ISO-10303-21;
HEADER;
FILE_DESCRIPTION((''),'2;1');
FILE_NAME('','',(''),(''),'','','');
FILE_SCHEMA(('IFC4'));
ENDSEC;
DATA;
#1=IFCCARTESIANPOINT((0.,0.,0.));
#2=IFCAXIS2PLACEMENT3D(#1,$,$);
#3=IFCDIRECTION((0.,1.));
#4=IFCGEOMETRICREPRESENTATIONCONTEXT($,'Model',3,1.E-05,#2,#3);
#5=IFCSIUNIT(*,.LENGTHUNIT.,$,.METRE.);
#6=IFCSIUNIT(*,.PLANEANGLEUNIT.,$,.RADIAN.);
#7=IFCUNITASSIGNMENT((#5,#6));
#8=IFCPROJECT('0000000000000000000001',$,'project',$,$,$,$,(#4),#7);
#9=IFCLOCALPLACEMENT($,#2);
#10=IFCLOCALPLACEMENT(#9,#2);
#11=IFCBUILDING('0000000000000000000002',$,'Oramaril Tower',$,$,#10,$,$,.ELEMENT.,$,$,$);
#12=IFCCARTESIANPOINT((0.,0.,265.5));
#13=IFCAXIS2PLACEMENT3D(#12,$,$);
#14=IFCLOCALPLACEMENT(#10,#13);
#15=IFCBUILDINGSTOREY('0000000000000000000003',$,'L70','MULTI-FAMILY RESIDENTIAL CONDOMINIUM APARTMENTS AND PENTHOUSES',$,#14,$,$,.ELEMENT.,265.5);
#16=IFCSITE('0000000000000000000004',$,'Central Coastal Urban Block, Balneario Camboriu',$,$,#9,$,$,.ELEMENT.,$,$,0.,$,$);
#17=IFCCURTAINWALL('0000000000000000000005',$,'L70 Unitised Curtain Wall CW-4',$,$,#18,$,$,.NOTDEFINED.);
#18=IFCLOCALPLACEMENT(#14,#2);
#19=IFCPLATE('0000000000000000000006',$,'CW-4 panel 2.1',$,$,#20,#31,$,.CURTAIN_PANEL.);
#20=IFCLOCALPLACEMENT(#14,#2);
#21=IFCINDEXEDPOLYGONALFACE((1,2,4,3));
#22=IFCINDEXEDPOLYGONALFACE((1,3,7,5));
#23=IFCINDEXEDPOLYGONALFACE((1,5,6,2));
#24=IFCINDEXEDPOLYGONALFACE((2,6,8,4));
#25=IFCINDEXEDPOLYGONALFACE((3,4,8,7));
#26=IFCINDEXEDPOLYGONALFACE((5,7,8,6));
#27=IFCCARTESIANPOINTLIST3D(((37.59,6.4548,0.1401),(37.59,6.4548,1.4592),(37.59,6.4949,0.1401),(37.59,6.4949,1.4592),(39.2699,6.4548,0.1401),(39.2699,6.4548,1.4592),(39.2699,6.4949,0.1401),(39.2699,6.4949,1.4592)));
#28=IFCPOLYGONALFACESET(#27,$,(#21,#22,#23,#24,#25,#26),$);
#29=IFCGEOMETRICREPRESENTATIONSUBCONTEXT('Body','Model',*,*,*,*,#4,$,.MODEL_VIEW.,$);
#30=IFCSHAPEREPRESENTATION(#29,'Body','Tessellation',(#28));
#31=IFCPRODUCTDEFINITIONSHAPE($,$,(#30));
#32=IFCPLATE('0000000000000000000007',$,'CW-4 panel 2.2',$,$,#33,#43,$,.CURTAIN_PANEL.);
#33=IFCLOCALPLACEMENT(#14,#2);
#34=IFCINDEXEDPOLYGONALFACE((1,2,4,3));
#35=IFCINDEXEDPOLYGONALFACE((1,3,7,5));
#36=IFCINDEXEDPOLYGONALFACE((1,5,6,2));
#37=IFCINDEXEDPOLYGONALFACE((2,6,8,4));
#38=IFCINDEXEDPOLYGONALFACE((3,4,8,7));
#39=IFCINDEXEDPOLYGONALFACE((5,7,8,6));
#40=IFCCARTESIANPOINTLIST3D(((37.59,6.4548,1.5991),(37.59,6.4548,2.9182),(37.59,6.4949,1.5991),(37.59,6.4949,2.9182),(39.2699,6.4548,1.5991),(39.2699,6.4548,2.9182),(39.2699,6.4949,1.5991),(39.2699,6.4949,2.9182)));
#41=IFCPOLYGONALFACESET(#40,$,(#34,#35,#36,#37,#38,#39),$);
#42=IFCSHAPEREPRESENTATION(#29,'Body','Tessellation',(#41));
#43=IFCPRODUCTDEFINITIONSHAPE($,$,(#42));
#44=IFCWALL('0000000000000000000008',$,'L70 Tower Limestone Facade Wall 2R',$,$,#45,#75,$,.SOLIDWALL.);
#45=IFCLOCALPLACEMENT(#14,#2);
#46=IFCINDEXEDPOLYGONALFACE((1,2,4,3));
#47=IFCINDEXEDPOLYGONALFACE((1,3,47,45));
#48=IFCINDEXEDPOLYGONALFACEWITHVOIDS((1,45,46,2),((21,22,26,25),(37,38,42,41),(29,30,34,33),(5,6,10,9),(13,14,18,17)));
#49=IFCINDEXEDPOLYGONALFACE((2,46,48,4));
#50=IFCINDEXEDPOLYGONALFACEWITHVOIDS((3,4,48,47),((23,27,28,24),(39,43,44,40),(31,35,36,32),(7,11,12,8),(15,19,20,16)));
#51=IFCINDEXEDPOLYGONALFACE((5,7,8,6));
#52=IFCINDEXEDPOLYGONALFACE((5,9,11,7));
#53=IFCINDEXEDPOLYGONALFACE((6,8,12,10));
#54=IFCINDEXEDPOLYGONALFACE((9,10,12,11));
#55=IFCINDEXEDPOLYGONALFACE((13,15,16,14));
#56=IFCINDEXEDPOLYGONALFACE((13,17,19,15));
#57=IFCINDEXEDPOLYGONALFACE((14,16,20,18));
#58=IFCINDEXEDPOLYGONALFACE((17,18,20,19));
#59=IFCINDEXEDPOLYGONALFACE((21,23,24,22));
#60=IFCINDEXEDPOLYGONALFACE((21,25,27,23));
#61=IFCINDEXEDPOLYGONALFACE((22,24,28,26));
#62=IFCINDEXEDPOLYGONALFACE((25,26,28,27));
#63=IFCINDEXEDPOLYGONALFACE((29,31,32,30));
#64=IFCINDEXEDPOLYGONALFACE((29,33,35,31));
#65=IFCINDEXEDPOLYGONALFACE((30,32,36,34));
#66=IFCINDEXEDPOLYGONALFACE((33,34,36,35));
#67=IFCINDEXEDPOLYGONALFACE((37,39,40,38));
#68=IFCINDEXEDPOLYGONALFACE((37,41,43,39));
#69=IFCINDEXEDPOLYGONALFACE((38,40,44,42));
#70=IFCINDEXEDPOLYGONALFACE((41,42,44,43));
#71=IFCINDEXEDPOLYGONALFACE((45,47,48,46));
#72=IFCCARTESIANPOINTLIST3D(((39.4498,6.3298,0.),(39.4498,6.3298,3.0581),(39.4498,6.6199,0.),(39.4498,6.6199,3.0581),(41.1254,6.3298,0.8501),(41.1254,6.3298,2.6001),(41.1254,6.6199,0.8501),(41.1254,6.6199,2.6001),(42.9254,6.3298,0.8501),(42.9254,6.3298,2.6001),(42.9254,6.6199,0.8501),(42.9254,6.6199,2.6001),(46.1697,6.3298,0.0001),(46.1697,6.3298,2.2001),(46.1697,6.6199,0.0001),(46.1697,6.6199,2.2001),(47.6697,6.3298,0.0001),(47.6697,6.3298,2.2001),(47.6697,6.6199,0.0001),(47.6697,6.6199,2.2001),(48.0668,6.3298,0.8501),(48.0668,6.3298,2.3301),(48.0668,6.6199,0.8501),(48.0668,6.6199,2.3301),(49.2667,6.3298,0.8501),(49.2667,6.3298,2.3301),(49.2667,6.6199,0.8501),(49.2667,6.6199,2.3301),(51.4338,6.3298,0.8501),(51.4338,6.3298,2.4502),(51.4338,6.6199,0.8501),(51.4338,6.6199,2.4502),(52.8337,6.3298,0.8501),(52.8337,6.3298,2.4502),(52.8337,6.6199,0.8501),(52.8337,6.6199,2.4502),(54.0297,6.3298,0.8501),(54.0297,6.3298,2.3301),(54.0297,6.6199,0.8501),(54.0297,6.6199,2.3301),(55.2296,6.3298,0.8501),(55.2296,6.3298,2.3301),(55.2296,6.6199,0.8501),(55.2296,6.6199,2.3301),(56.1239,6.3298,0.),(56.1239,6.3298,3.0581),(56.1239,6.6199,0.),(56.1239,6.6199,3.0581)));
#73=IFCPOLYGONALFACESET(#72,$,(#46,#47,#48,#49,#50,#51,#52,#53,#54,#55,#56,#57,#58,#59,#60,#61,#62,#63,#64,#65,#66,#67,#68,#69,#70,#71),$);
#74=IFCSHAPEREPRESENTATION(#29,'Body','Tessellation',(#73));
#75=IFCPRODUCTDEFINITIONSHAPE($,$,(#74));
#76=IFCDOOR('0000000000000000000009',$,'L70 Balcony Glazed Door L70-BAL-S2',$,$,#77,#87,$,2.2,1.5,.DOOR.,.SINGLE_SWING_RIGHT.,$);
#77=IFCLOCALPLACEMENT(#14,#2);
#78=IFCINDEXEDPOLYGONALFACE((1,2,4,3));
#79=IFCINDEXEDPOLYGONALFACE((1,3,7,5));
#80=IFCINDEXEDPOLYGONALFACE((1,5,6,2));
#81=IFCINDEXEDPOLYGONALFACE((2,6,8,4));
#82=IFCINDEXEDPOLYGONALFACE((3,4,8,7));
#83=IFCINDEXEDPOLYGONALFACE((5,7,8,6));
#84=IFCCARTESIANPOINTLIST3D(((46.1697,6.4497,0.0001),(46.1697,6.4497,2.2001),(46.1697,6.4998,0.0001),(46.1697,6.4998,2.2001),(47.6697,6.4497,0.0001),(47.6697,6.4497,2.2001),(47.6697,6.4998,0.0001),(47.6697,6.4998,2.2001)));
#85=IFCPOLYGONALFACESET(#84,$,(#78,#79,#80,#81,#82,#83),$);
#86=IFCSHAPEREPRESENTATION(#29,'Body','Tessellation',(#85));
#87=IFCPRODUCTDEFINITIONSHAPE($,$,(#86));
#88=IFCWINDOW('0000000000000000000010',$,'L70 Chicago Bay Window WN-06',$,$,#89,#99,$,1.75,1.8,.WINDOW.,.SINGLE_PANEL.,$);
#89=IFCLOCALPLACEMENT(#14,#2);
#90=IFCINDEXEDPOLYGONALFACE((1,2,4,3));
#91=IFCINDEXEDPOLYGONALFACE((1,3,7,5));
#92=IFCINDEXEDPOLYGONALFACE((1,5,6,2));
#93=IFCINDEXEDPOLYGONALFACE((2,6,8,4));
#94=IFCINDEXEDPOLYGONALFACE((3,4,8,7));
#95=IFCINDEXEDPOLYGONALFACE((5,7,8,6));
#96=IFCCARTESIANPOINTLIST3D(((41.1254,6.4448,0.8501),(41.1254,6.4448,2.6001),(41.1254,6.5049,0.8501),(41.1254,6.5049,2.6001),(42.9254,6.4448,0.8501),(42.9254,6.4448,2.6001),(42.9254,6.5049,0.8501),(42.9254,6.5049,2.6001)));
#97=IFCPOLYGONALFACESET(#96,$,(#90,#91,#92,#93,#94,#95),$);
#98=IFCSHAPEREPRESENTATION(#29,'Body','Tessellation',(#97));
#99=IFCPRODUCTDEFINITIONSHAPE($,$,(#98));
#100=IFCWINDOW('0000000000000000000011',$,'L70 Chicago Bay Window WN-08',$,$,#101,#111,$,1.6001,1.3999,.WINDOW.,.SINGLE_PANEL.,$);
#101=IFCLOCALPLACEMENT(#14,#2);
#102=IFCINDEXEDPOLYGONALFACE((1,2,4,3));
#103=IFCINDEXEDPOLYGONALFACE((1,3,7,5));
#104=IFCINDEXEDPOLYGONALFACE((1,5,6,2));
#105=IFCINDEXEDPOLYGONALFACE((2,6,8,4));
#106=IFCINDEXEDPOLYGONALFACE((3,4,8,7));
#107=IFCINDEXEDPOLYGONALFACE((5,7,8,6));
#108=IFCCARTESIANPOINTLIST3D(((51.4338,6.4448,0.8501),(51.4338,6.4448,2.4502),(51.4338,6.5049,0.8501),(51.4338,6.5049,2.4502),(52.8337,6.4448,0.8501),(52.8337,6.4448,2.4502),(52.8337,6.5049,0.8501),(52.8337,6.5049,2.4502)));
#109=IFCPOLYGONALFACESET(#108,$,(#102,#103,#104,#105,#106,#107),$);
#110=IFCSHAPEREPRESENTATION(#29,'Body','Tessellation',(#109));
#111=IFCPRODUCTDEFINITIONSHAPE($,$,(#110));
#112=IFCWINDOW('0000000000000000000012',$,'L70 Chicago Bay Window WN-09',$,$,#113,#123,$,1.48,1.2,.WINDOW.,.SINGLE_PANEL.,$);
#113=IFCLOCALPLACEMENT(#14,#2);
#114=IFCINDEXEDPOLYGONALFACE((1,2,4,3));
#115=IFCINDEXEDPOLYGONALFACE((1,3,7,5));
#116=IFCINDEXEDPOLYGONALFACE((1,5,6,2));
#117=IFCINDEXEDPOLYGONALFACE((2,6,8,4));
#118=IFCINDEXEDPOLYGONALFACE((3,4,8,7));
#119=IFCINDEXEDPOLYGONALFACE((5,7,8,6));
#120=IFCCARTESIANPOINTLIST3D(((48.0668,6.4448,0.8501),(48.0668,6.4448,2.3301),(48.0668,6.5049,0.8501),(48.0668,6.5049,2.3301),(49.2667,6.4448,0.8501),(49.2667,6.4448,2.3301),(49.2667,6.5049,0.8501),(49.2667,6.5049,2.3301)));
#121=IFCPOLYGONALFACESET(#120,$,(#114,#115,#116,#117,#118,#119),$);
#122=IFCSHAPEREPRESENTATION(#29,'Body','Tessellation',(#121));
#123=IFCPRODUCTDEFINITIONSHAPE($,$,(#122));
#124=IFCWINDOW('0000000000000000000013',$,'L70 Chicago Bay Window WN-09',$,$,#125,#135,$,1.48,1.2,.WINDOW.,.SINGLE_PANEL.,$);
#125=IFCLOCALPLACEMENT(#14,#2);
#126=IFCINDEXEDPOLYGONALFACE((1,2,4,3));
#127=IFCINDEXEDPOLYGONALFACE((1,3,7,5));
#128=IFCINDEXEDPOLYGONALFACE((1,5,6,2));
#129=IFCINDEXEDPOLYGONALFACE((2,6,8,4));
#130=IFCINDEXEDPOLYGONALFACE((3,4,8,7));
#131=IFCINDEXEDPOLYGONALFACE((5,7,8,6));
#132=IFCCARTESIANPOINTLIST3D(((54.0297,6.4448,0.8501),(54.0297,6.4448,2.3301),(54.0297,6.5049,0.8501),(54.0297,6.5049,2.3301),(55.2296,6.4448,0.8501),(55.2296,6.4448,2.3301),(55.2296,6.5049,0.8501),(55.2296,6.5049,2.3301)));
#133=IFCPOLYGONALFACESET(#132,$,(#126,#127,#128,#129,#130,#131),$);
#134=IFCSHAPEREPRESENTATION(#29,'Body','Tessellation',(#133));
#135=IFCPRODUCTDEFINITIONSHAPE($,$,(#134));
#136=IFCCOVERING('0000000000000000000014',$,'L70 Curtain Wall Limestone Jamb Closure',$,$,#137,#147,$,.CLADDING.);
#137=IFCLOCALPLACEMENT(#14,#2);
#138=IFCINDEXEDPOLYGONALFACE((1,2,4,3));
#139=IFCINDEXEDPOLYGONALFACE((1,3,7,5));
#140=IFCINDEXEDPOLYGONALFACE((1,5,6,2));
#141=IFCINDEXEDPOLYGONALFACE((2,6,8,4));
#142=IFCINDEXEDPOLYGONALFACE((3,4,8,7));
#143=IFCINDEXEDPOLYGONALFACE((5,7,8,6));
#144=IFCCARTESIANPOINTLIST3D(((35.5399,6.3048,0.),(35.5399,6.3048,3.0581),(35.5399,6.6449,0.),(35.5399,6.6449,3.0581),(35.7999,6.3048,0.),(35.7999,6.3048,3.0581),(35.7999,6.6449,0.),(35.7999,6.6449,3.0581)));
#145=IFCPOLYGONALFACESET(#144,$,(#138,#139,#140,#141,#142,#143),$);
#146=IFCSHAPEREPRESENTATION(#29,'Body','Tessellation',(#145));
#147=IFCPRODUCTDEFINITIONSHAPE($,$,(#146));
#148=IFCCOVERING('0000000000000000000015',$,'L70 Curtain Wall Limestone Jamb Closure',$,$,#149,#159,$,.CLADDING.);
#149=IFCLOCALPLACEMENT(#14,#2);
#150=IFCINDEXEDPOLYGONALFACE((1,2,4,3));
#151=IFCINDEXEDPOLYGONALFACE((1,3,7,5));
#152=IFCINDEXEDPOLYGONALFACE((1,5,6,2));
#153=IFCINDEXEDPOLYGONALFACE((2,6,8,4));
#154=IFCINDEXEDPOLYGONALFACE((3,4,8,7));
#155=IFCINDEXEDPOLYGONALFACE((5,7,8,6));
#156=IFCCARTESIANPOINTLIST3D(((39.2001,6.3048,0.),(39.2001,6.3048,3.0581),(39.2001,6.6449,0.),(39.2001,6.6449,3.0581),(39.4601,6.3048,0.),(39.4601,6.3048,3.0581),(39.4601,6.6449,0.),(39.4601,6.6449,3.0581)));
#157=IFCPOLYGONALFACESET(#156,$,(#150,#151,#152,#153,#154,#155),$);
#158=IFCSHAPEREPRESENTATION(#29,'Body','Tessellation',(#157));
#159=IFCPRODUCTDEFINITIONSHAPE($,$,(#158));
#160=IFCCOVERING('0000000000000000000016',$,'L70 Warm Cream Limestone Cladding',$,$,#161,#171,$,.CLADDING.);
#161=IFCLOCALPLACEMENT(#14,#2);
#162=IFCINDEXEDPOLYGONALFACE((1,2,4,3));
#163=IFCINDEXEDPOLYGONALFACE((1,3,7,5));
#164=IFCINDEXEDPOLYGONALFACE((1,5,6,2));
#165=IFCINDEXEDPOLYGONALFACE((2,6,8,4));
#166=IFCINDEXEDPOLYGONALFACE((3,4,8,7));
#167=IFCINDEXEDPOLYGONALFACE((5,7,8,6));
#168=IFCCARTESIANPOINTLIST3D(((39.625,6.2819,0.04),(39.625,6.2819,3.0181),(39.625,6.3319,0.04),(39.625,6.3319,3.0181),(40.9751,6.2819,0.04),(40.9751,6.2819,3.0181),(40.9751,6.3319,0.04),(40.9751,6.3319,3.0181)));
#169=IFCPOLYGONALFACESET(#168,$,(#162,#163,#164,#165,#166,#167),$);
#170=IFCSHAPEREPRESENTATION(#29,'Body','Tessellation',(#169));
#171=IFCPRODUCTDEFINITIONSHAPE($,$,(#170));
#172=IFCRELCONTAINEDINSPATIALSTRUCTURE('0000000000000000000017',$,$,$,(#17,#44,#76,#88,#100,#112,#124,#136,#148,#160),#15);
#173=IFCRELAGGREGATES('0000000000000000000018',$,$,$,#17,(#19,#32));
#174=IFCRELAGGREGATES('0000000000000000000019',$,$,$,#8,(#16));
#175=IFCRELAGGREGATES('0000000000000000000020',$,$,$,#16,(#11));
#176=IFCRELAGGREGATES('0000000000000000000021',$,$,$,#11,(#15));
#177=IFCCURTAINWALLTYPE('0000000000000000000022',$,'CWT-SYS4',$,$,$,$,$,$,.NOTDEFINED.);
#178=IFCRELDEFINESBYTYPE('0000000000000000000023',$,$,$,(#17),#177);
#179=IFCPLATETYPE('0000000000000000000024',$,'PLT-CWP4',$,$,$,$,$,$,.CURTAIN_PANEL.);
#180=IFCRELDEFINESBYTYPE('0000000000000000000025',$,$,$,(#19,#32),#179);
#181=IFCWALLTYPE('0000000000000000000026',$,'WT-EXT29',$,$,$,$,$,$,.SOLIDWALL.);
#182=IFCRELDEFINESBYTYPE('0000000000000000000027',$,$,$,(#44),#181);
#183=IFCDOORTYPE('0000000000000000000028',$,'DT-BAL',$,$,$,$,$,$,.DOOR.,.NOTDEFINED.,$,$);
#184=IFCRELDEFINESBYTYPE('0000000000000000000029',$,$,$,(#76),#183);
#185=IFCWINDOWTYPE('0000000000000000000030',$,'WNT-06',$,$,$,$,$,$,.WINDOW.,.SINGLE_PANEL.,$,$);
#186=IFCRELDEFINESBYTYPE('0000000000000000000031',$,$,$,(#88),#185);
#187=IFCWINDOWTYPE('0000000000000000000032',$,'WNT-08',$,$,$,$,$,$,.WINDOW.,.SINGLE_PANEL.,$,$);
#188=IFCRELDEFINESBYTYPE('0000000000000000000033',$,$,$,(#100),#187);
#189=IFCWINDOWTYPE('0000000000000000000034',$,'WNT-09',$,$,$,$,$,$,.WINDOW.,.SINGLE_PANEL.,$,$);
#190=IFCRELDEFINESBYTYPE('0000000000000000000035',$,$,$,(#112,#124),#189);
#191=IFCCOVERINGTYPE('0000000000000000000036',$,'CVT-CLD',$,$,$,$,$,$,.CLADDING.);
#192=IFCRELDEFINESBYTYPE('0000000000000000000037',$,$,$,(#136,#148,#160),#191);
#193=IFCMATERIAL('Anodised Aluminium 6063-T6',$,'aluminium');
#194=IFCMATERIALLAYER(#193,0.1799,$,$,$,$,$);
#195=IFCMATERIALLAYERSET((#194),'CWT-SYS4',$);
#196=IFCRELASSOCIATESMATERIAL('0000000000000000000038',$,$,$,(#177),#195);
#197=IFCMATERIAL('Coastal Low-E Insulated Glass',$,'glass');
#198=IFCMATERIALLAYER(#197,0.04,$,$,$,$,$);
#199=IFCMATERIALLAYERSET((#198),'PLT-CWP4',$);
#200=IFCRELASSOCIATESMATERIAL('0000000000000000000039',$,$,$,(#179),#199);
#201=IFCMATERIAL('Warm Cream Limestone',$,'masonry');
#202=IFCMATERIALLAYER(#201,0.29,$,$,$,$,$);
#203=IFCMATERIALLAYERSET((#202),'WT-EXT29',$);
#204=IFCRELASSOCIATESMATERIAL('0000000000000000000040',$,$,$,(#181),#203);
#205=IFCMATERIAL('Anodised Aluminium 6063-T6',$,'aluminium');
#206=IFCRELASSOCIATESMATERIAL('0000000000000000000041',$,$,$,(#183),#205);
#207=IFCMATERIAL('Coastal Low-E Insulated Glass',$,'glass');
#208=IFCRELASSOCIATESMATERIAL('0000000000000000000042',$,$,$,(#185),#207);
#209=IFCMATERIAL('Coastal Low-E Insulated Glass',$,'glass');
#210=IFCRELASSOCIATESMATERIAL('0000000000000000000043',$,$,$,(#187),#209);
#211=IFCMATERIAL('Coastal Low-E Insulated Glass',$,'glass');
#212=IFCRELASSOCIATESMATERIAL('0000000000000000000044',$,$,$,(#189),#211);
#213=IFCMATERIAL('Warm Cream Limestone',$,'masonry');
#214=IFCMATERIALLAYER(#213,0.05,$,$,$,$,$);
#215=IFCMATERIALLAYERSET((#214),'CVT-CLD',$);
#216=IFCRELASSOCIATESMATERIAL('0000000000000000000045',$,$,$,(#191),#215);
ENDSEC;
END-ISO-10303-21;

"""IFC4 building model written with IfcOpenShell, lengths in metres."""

from ifc_helpers import new_model, si_unit, direction, frame, frame_2d, origin, origin_2d, place, context, subcontext, project, spatial, rectangle, extrude, material, layer, layer_set, type_object, element, fill, aggregate, save


model = new_model("IFC4")

# Units and contexts
model_context = context("Model", 3, precision=1e-05, world=origin(), true_north=direction((0.0, 1.0)))
body_context = subcontext(model_context, "Body", "Model", "MODEL_VIEW")
ifc_project = project(units=[si_unit("LENGTHUNIT", "METRE"), si_unit("PLANEANGLEUNIT", "RADIAN")], contexts=[model_context])

# Site, building, storey
site_placement = place(None, origin())
site = spatial("IfcSite", under=ifc_project, at=site_placement, Name="Central Coastal Urban Block, Balneario Camboriu", CompositionType="ELEMENT", RefElevation=0.0)
building_placement = place(site_placement, origin())
building = spatial("IfcBuilding", under=site, at=building_placement, Name="Oramaril Tower", CompositionType="ELEMENT")
storey_placement = place(building_placement, frame((0.0, 0.0, 265.5)))
storey = spatial("IfcBuildingStorey", under=building, at=storey_placement, Name="L70", Description="MULTI-FAMILY RESIDENTIAL CONDOMINIUM APARTMENTS AND PENTHOUSES", CompositionType="ELEMENT", Elevation=265.5)

# Curtain wall, plates
ifc_material_1 = material(Name="Anodised Aluminium 6063-T6", Category="aluminium")
ifc_layer_1 = layer(ifc_material_1, 0.1799)
ifc_layer_set_1 = layer_set([ifc_layer_1], Name="CWT-SYS4")
curtain_wall_type = type_object("IfcCurtainWallType", Name="CWT-SYS4", PredefinedType="NOTDEFINED", material=ifc_layer_set_1)
curtain_wall_placement = place(storey_placement, origin())
curtain_wall = element("IfcCurtainWall", 1, at=curtain_wall_placement, inside=storey, type_object=curtain_wall_type, Name="L70 Unitised Curtain Wall CW-4", PredefinedType="NOTDEFINED")
ifc_material_2 = material(Name="Coastal Low-E Insulated Glass", Category="glass")
ifc_layer_2 = layer(ifc_material_2, 0.04)
ifc_layer_set_2 = layer_set([ifc_layer_2], Name="PLT-CWP4")
plate_type = type_object("IfcPlateType", Name="PLT-CWP4", PredefinedType="CURTAIN_PANEL", material=ifc_layer_set_2)
plate_1_placement = place(storey_placement, frame((38.4299, 6.4749, 0.1401), z_axis=(0.0, 0.0, 1.0), x_axis=(1.0, 0.0, 0.0)))
plate_1 = element("IfcPlate", 2, at=plate_1_placement, type_object=plate_type, Name="CW-4 panel 2.1", PredefinedType="CURTAIN_PANEL", context=body_context, shape_type="SweptSolid", body=[
    extrude(rectangle(XDim=1.6799, YDim=0.04, at=origin_2d()), origin(), (0.0, 0.0, 1.0), 1.3191),
])
plate_2_placement = place(storey_placement, frame((38.4299, 6.4749, 1.5991), z_axis=(0.0, 0.0, 1.0), x_axis=(1.0, 0.0, 0.0)))
plate_2 = element("IfcPlate", 3, at=plate_2_placement, type_object=plate_type, Name="CW-4 panel 2.2", PredefinedType="CURTAIN_PANEL", context=body_context, shape_type="SweptSolid", body=[
    extrude(rectangle(XDim=1.6799, YDim=0.04, at=origin_2d()), origin(), (0.0, 0.0, 1.0), 1.3191),
])
aggregate(curtain_wall, [plate_1, plate_2])

# Wall, openings, door, windows
ifc_material_3 = material(Name="Warm Cream Limestone", Category="masonry")
ifc_layer_3 = layer(ifc_material_3, 0.29)
ifc_layer_set_3 = layer_set([ifc_layer_3], Name="WT-EXT29")
wall_type = type_object("IfcWallType", Name="WT-EXT29", PredefinedType="SOLIDWALL", material=ifc_layer_set_3)
wall_placement = place(storey_placement, frame((39.45, 6.4749, 0.0), z_axis=(0.0, 0.0, 1.0), x_axis=(1.0, 0.0, 0.0)))
wall = element("IfcWall", 4, at=wall_placement, inside=storey, type_object=wall_type, Name="L70 Tower Limestone Facade Wall 2R", PredefinedType="SOLIDWALL", context=body_context, shape_type="SweptSolid", body=[
    extrude(rectangle(XDim=16.6741, YDim=0.29, at=frame_2d((8.3369, 0.0))), origin(), (0.0, 0.0, 1.0), 3.0581),
])
opening_1_placement = place(wall_placement, frame((6.7197, 0.0, 0.0)))
opening_1 = element("IfcOpeningElement", 5, at=opening_1_placement, cuts=wall, PredefinedType="OPENING", context=body_context, shape_type="SweptSolid", body=[
    extrude(rectangle(XDim=1.5, YDim=2.2, at=frame_2d((0.75, 1.1001))), frame((0.0, 0.145, 0.0), z_axis=(0.0, -1.0, 0.0), x_axis=(1.0, 0.0, 0.0)), (0.0, 0.0, 1.0), 0.29),
])
opening_2_placement = place(wall_placement, frame((1.6755, 0.0, 0.8501)))
opening_2 = element("IfcOpeningElement", 6, at=opening_2_placement, cuts=wall, PredefinedType="OPENING", context=body_context, shape_type="SweptSolid", body=[
    extrude(rectangle(XDim=1.8, YDim=1.75, at=frame_2d((0.8999, 0.875))), frame((0.0, 0.145, 0.0), z_axis=(0.0, -1.0, 0.0), x_axis=(1.0, 0.0, 0.0)), (0.0, 0.0, 1.0), 0.29),
])
opening_3_placement = place(wall_placement, frame((8.6167, 0.0, 0.8501)))
opening_3 = element("IfcOpeningElement", 7, at=opening_3_placement, cuts=wall, PredefinedType="OPENING", context=body_context, shape_type="SweptSolid", body=[
    extrude(rectangle(XDim=1.2, YDim=1.48, at=frame_2d((0.6001, 0.74))), frame((0.0, 0.145, 0.0), z_axis=(0.0, -1.0, 0.0), x_axis=(1.0, 0.0, 0.0)), (0.0, 0.0, 1.0), 0.29),
])
opening_4_placement = place(wall_placement, frame((11.9839, 0.0, 0.8501)))
opening_4 = element("IfcOpeningElement", 8, at=opening_4_placement, cuts=wall, PredefinedType="OPENING", context=body_context, shape_type="SweptSolid", body=[
    extrude(rectangle(XDim=1.3999, YDim=1.6001, at=frame_2d((0.7, 0.8))), frame((0.0, 0.145, 0.0), z_axis=(0.0, -1.0, 0.0), x_axis=(1.0, 0.0, 0.0)), (0.0, 0.0, 1.0), 0.29),
])
opening_5_placement = place(wall_placement, frame((14.5796, 0.0, 0.8501)))
opening_5 = element("IfcOpeningElement", 9, at=opening_5_placement, cuts=wall, PredefinedType="OPENING", context=body_context, shape_type="SweptSolid", body=[
    extrude(rectangle(XDim=1.2, YDim=1.48, at=frame_2d((0.6001, 0.74))), frame((0.0, 0.145, 0.0), z_axis=(0.0, -1.0, 0.0), x_axis=(1.0, 0.0, 0.0)), (0.0, 0.0, 1.0), 0.29),
])
ifc_material_4 = material(Name="Anodised Aluminium 6063-T6", Category="aluminium")
door_type = type_object("IfcDoorType", Name="DT-BAL", OperationType="NOTDEFINED", PredefinedType="DOOR", material=ifc_material_4)
door_placement = place(opening_1_placement, origin())
door = element("IfcDoor", 10, at=door_placement, inside=storey, type_object=door_type, Name="L70 Balcony Glazed Door L70-BAL-S2", OperationType="SINGLE_SWING_RIGHT", OverallHeight=2.2, OverallWidth=1.5, PredefinedType="DOOR", context=body_context, shape_type="SweptSolid", body=[
    extrude(rectangle(XDim=1.5, YDim=2.2, at=frame_2d((0.75, 1.1001))), frame((0.0, 0.0249, 0.0), z_axis=(0.0, -1.0, 0.0), x_axis=(1.0, 0.0, 0.0)), (0.0, 0.0, 1.0), 0.05),
])
fill(opening_1, door)
ifc_material_5 = material(Name="Coastal Low-E Insulated Glass", Category="glass")
window_type_1 = type_object("IfcWindowType", Name="WNT-06", PartitioningType="SINGLE_PANEL", PredefinedType="WINDOW", material=ifc_material_5)
window_1_placement = place(opening_2_placement, origin())
window_1 = element("IfcWindow", 11, at=window_1_placement, inside=storey, type_object=window_type_1, Name="L70 Chicago Bay Window WN-06", OverallHeight=1.75, OverallWidth=1.8, PartitioningType="SINGLE_PANEL", PredefinedType="WINDOW", context=body_context, shape_type="SweptSolid", body=[
    extrude(rectangle(XDim=1.8, YDim=1.75, at=frame_2d((0.8999, 0.875))), frame((0.0, 0.03, 0.0), z_axis=(0.0, -1.0, 0.0), x_axis=(1.0, 0.0, 0.0)), (0.0, 0.0, 1.0), 0.0601),
])
fill(opening_2, window_1)
ifc_material_6 = material(Name="Coastal Low-E Insulated Glass", Category="glass")
window_type_2 = type_object("IfcWindowType", Name="WNT-08", PartitioningType="SINGLE_PANEL", PredefinedType="WINDOW", material=ifc_material_6)
window_2_placement = place(opening_4_placement, origin())
window_2 = element("IfcWindow", 12, at=window_2_placement, inside=storey, type_object=window_type_2, Name="L70 Chicago Bay Window WN-08", OverallHeight=1.6001, OverallWidth=1.3999, PartitioningType="SINGLE_PANEL", PredefinedType="WINDOW", context=body_context, shape_type="SweptSolid", body=[
    extrude(rectangle(XDim=1.3999, YDim=1.6001, at=frame_2d((0.7, 0.8))), frame((0.0, 0.03, 0.0), z_axis=(0.0, -1.0, 0.0), x_axis=(1.0, 0.0, 0.0)), (0.0, 0.0, 1.0), 0.0601),
])
fill(opening_4, window_2)
ifc_material_7 = material(Name="Coastal Low-E Insulated Glass", Category="glass")
window_type_3 = type_object("IfcWindowType", Name="WNT-09", PartitioningType="SINGLE_PANEL", PredefinedType="WINDOW", material=ifc_material_7)
window_3_placement = place(opening_3_placement, origin())
window_3 = element("IfcWindow", 13, at=window_3_placement, inside=storey, type_object=window_type_3, Name="L70 Chicago Bay Window WN-09", OverallHeight=1.48, OverallWidth=1.2, PartitioningType="SINGLE_PANEL", PredefinedType="WINDOW", context=body_context, shape_type="SweptSolid", body=[
    extrude(rectangle(XDim=1.2, YDim=1.48, at=frame_2d((0.6001, 0.74))), frame((0.0, 0.03, 0.0), z_axis=(0.0, -1.0, 0.0), x_axis=(1.0, 0.0, 0.0)), (0.0, 0.0, 1.0), 0.0601),
])
fill(opening_3, window_3)
window_4_placement = place(opening_5_placement, origin())
window_4 = element("IfcWindow", 14, at=window_4_placement, inside=storey, type_object=window_type_3, Name="L70 Chicago Bay Window WN-09", OverallHeight=1.48, OverallWidth=1.2, PartitioningType="SINGLE_PANEL", PredefinedType="WINDOW", context=body_context, shape_type="SweptSolid", body=[
    extrude(rectangle(XDim=1.2, YDim=1.48, at=frame_2d((0.6001, 0.74))), frame((0.0, 0.03, 0.0), z_axis=(0.0, -1.0, 0.0), x_axis=(1.0, 0.0, 0.0)), (0.0, 0.0, 1.0), 0.0601),
])
fill(opening_5, window_4)

# Coverings
ifc_material_8 = material(Name="Warm Cream Limestone", Category="masonry")
ifc_layer_4 = layer(ifc_material_8, 0.05)
ifc_layer_set_4 = layer_set([ifc_layer_4], Name="CVT-CLD")
covering_type = type_object("IfcCoveringType", Name="CVT-CLD", PredefinedType="CLADDING", material=ifc_layer_set_4)
for number, where, z_axis, x_axis, name in (
    (15, (35.6699, 6.4749, 0.0), (0.0, 0.0, 1.0), (1.0, 0.0, 0.0), "L70 Curtain Wall Limestone Jamb Closure"),
    (16, (39.3301, 6.4749, 0.0), (0.0, 0.0, 1.0), (1.0, 0.0, 0.0), "L70 Curtain Wall Limestone Jamb Closure"),
):
    element("IfcCovering", number, at=place(storey_placement, frame(where, z_axis=z_axis, x_axis=x_axis)), inside=storey, type_object=covering_type, Name=name, PredefinedType="CLADDING", context=body_context, shape_type="SweptSolid", body=[
        extrude(rectangle(XDim=0.26, YDim=0.3401, at=origin_2d()), origin(), (0.0, 0.0, 1.0), 3.0581),
    ])
covering_1_placement = place(storey_placement, frame((40.3, 6.3069, 0.04), z_axis=(0.0, 0.0, 1.0), x_axis=(1.0, 0.0, 0.0)))
element("IfcCovering", 17, at=covering_1_placement, inside=storey, type_object=covering_type, Name="L70 Warm Cream Limestone Cladding", PredefinedType="CLADDING", context=body_context, shape_type="SweptSolid", body=[
    extrude(rectangle(XDim=1.3501, YDim=0.05, at=origin_2d()), origin(), (0.0, 0.0, 1.0), 2.978),
])

save(model, "model.ifc")
